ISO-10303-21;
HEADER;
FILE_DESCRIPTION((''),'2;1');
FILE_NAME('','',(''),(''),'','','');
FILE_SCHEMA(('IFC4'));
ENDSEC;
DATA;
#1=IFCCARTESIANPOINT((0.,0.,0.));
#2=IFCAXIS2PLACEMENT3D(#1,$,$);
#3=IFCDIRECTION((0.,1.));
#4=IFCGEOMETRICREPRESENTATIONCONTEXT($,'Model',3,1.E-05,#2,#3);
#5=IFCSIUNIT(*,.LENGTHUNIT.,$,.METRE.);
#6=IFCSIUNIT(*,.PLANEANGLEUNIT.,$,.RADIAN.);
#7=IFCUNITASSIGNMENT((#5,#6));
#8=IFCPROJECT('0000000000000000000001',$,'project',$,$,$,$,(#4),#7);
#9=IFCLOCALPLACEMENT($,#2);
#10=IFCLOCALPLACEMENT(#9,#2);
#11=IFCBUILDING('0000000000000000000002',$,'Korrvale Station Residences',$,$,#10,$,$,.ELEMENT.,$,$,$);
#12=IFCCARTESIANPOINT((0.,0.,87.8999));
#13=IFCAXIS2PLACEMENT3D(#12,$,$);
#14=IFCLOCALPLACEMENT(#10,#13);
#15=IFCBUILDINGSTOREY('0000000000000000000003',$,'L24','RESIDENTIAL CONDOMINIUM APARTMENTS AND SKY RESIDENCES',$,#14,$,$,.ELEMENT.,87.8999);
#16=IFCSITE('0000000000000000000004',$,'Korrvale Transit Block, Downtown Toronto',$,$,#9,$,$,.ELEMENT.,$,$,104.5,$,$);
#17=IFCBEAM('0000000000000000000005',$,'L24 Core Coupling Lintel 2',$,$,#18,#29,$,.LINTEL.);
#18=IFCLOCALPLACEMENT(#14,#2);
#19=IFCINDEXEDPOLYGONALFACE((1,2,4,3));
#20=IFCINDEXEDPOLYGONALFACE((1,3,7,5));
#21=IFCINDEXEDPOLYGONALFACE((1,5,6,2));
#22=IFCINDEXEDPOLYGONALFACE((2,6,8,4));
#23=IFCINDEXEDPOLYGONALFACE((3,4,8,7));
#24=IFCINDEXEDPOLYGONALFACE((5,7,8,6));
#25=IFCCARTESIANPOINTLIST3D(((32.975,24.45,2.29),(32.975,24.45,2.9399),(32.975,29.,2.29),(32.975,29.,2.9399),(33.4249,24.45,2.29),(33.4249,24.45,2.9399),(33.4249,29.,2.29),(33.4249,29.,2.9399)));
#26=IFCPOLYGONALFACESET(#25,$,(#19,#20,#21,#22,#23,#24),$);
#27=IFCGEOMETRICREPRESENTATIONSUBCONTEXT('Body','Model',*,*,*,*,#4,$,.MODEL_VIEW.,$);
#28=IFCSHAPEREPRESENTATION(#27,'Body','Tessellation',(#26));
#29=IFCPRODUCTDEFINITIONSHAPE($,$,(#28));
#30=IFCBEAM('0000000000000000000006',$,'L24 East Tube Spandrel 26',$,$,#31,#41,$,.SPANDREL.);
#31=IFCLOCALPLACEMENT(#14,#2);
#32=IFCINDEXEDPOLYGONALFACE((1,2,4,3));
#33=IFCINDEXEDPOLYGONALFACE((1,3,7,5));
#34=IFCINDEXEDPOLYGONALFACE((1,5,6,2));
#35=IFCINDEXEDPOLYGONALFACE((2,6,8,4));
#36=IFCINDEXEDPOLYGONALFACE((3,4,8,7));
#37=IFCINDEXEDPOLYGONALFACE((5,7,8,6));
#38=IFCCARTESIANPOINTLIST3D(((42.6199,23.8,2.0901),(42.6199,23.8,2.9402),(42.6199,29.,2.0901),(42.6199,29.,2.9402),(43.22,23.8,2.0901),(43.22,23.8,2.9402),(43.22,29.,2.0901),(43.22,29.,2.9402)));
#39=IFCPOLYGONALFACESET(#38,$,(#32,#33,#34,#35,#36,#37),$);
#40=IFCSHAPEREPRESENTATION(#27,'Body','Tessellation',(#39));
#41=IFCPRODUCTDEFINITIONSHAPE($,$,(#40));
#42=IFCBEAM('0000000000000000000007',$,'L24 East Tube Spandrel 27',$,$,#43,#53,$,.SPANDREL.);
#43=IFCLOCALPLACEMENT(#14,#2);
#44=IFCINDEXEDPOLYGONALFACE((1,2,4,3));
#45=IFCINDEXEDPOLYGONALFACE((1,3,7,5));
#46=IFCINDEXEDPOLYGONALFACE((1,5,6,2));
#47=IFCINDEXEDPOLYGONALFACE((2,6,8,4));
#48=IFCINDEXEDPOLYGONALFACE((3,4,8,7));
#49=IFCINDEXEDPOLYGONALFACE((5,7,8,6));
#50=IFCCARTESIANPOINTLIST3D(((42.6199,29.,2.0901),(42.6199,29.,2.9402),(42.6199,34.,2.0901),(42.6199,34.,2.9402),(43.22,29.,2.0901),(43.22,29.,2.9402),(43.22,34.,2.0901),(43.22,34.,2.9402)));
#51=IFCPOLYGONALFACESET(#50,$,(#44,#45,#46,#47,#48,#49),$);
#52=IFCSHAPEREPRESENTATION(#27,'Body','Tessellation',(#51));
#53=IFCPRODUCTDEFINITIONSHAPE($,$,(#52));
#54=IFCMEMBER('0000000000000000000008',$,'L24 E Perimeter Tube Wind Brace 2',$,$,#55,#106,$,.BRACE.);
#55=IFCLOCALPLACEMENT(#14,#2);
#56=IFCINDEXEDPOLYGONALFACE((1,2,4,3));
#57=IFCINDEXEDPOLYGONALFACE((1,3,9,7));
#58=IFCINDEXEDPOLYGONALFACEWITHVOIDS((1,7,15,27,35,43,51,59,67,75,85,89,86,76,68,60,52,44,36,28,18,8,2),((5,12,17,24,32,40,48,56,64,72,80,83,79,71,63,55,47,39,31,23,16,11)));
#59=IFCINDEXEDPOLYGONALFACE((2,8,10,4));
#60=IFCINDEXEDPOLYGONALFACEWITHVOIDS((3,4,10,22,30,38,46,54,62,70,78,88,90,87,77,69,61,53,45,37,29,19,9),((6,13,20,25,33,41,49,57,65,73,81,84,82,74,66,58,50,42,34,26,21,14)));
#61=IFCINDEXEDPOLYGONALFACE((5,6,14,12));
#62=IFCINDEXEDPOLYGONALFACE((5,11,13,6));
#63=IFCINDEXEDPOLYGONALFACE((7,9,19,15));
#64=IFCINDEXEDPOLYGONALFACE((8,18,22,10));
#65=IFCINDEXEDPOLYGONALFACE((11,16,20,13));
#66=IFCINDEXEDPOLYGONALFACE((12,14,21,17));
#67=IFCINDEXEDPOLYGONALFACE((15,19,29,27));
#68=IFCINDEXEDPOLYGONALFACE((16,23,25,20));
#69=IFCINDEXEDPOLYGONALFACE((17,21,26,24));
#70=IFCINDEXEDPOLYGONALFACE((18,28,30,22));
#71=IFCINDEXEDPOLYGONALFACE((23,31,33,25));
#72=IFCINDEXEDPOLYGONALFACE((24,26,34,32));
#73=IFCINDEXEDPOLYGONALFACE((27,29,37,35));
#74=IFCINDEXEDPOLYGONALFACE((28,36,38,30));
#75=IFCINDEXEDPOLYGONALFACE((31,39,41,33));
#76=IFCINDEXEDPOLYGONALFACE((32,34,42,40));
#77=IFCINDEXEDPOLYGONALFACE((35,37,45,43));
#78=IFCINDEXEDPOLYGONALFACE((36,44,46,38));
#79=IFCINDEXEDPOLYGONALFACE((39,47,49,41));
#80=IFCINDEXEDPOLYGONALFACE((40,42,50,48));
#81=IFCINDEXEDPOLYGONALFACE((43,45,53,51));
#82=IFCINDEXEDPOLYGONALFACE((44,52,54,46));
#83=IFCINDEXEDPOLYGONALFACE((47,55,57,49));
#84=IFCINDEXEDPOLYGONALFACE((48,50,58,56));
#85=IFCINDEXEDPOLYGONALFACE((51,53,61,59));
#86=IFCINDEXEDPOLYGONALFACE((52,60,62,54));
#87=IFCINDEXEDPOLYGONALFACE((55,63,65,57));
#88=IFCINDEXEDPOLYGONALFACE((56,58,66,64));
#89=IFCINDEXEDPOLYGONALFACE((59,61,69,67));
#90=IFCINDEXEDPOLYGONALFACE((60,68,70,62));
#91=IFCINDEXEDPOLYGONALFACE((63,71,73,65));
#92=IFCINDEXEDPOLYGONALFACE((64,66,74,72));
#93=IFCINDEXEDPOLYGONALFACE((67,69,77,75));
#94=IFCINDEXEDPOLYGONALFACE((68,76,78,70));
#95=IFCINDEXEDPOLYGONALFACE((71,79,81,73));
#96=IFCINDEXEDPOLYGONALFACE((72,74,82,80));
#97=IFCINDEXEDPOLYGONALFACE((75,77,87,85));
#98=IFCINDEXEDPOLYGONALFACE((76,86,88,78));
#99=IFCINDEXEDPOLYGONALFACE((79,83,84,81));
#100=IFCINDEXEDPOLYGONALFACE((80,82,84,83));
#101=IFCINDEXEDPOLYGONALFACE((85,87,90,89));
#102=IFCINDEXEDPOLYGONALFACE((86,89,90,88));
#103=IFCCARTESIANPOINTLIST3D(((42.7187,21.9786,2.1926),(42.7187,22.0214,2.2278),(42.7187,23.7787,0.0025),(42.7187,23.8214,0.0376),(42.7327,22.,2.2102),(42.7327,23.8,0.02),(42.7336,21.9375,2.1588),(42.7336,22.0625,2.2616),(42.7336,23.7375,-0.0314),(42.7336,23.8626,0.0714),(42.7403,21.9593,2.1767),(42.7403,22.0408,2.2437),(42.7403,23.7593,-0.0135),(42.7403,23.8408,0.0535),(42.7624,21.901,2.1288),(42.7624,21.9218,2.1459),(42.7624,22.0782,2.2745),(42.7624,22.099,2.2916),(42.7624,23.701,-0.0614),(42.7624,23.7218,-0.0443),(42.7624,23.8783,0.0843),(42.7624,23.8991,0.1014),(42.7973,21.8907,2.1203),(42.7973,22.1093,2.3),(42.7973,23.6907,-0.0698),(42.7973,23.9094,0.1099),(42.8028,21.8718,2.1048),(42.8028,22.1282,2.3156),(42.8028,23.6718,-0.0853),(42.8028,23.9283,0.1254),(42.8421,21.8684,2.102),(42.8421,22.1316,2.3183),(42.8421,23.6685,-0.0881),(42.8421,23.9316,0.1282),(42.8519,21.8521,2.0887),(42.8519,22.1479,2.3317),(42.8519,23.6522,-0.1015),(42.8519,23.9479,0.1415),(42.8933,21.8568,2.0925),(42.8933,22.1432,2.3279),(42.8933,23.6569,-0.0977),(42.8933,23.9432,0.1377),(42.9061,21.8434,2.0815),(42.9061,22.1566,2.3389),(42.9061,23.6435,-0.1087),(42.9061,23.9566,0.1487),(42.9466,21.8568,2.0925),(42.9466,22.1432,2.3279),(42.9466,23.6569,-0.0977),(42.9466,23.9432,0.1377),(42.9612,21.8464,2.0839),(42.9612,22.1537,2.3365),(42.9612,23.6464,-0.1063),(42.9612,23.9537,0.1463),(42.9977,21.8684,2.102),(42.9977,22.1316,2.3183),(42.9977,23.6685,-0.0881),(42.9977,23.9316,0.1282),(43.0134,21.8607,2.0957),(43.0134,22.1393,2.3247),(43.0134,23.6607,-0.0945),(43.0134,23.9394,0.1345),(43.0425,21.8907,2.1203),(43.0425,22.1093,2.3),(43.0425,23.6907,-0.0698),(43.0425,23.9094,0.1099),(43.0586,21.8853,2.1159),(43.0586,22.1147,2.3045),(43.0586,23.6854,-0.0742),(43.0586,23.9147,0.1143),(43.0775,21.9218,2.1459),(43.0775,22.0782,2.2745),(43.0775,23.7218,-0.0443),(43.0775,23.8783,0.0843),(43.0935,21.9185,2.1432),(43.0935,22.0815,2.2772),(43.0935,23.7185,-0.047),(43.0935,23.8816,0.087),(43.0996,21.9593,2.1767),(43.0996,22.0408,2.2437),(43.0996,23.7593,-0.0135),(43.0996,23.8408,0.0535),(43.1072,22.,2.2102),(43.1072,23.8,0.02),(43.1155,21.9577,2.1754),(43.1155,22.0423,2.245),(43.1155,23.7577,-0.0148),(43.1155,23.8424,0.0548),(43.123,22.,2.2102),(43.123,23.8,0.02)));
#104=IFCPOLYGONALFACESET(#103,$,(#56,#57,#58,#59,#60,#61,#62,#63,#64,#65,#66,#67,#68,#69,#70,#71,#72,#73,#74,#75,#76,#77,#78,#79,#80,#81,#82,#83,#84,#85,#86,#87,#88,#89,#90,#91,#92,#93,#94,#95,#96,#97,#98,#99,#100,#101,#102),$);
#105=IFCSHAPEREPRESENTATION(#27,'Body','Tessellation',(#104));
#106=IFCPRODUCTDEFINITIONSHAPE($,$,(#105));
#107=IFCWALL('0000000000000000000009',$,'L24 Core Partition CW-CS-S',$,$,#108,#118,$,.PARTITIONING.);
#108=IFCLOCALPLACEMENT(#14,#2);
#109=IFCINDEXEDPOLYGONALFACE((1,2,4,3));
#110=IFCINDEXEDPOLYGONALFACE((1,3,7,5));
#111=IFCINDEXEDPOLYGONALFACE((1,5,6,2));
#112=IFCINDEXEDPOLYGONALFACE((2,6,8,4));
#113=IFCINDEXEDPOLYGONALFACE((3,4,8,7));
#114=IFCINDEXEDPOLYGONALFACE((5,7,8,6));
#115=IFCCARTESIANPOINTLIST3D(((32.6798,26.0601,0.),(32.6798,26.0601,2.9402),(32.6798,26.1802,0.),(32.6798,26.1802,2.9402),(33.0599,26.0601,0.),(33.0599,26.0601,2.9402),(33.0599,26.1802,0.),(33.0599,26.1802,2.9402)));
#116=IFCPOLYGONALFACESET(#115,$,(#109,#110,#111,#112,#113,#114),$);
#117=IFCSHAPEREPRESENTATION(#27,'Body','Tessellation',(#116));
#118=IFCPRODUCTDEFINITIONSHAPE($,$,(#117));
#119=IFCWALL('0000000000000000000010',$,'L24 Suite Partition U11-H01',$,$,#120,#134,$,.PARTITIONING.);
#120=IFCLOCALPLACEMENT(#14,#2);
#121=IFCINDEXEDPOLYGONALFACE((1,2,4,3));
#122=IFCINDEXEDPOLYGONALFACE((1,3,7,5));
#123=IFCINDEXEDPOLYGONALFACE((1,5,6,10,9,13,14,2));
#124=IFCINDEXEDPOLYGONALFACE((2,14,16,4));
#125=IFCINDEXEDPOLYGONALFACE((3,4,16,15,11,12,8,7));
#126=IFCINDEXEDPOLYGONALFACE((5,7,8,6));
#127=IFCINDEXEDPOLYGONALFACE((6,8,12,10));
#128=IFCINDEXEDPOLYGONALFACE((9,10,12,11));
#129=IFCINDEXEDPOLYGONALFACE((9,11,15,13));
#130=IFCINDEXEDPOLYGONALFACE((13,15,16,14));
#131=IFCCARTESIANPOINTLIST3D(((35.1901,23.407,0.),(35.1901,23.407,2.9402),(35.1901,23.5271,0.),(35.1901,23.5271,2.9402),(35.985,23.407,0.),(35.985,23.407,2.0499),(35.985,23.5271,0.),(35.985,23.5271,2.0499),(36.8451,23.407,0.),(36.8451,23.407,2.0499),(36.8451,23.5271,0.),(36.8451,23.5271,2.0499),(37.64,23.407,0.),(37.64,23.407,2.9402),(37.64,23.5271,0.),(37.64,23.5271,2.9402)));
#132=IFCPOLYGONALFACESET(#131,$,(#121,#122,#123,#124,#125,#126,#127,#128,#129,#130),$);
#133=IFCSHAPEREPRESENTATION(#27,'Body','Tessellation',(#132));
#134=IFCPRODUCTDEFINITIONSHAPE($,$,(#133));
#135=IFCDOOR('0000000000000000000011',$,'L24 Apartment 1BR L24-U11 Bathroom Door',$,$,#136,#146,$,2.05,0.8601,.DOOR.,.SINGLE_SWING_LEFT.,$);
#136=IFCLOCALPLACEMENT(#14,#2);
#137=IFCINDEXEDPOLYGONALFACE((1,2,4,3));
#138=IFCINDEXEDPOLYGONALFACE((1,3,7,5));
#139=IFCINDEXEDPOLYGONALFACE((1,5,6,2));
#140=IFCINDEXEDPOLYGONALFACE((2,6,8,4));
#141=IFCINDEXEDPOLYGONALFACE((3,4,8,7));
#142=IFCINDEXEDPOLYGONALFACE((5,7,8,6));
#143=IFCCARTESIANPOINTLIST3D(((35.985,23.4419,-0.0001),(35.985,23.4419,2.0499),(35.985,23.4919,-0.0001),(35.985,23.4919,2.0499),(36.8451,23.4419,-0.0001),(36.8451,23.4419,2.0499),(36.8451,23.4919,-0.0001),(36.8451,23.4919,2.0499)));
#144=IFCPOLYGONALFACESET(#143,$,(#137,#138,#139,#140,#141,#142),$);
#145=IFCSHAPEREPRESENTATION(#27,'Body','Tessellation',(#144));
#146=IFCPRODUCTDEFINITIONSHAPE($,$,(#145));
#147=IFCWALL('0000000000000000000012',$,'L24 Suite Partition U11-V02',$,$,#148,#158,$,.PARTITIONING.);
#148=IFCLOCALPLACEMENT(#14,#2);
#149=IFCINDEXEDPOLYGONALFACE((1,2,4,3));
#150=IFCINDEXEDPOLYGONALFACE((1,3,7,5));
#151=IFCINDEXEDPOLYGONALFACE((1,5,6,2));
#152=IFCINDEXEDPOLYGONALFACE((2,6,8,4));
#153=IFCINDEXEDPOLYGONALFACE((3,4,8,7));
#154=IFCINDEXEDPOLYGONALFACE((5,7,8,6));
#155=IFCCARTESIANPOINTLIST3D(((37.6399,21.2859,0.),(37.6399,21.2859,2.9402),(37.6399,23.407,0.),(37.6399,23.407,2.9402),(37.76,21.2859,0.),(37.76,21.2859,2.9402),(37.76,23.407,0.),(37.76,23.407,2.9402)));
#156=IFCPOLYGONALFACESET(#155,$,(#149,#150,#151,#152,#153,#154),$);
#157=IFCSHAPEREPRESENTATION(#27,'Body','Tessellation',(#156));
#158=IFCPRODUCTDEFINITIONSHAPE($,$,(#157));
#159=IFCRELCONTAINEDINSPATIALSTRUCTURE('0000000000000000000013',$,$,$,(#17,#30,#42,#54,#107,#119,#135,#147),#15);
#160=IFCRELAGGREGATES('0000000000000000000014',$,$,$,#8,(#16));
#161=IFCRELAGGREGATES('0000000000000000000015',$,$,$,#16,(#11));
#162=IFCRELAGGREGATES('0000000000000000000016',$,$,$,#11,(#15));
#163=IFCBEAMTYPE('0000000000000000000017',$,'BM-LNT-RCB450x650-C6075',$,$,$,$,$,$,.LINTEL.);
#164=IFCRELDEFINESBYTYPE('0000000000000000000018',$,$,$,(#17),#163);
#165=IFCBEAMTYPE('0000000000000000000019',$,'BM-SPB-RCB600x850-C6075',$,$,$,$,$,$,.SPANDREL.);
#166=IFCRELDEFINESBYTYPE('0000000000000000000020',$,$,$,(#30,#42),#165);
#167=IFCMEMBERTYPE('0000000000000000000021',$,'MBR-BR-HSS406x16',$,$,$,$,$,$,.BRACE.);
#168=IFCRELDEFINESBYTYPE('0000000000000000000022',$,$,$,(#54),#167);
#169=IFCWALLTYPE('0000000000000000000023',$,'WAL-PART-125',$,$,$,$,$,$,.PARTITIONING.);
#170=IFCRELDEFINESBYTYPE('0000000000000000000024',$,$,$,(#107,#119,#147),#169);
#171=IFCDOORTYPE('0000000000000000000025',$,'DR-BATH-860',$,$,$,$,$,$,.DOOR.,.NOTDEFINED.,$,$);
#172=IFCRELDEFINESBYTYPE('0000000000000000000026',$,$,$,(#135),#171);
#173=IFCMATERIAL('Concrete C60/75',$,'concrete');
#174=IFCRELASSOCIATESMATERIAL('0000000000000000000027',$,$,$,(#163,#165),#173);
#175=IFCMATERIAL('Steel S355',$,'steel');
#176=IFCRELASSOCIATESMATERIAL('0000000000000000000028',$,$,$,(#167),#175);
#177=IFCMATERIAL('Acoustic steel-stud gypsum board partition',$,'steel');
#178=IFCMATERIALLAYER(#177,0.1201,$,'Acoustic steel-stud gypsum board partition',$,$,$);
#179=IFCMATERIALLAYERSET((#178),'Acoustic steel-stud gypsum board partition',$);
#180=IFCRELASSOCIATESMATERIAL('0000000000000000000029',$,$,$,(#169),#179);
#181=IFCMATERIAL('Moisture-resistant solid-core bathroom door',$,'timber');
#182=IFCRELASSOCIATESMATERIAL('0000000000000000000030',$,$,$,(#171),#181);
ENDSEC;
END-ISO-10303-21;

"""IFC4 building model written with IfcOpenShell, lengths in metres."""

from ifc_helpers import new_model, si_unit, direction, frame, frame_2d, origin, origin_2d, place, context, subcontext, project, spatial, rectangle, hollow_circle, extrude, material, layer, layer_set, material_profile, profile_set, type_object, element, fill, save


model = new_model("IFC4")

# Units and contexts
model_context = context("Model", 3, precision=1e-05, world=origin(), true_north=direction((0.0, 1.0)))
body_context = subcontext(model_context, "Body", "Model", "MODEL_VIEW")
ifc_project = project(units=[si_unit("LENGTHUNIT", "METRE"), si_unit("PLANEANGLEUNIT", "RADIAN")], contexts=[model_context])

# Site, building, storey
site_placement = place(None, origin())
site = spatial("IfcSite", under=ifc_project, at=site_placement, Name="Korrvale Transit Block, Downtown Toronto", CompositionType="ELEMENT", RefElevation=104.5)
building_placement = place(site_placement, origin())
building = spatial("IfcBuilding", under=site, at=building_placement, Name="Korrvale Station Residences", CompositionType="ELEMENT")
storey_placement = place(building_placement, frame((0.0, 0.0, 87.8999)))
storey = spatial("IfcBuildingStorey", under=building, at=storey_placement, Name="L24", Description="RESIDENTIAL CONDOMINIUM APARTMENTS AND SKY RESIDENCES", CompositionType="ELEMENT", Elevation=87.8999)

# Shared definitions
ifc_material_1 = material(Name="Concrete C60/75", Category="concrete")

# Beams
ifc_material_2 = material(Name="Steel S355", Category="steel")
ifc_material_profile_1 = material_profile(ifc_material_1, rectangle(XDim=0.45, YDim=0.6499, at=origin_2d()), Name="RCB450x650")
ifc_profile_set_1 = profile_set([ifc_material_profile_1], Name="Concrete C60/75")
beam_type_1 = type_object("IfcBeamType", Name="BM-LNT-RCB450x650-C6075", PredefinedType="LINTEL", material=ifc_profile_set_1)
beam_1_placement = place(storey_placement, frame((33.2, 24.45, 2.615), z_axis=(0.0, 1.0, 0.0), x_axis=(-1.0, 0.0, 0.0)))
element("IfcBeam", 1, at=beam_1_placement, inside=storey, type_object=beam_type_1, Name="L24 Core Coupling Lintel 2", PredefinedType="LINTEL", context=body_context, shape_type="SweptSolid", body=[
    extrude(rectangle(XDim=0.45, YDim=0.6499, at=origin_2d()), origin(), (0.0, 0.0, 1.0), 4.55),
])
ifc_material_profile_2 = material_profile(ifc_material_1, rectangle(XDim=0.6001, YDim=0.8501, at=origin_2d()), Name="RCB600x850")
ifc_profile_set_2 = profile_set([ifc_material_profile_2], Name="Concrete C60/75")
beam_type_2 = type_object("IfcBeamType", Name="BM-SPB-RCB600x850-C6075", PredefinedType="SPANDREL", material=ifc_profile_set_2)
beam_2_placement = place(storey_placement, frame((42.9199, 23.8, 2.5151), z_axis=(0.0, 1.0, 0.0), x_axis=(-1.0, 0.0, 0.0)))
element("IfcBeam", 2, at=beam_2_placement, inside=storey, type_object=beam_type_2, Name="L24 East Tube Spandrel 26", PredefinedType="SPANDREL", context=body_context, shape_type="SweptSolid", body=[
    extrude(rectangle(XDim=0.6001, YDim=0.8501, at=origin_2d()), origin(), (0.0, 0.0, 1.0), 5.2),
])
beam_3_placement = place(storey_placement, frame((42.9199, 29.0, 2.5151), z_axis=(0.0, 1.0, 0.0), x_axis=(-1.0, 0.0, 0.0)))
element("IfcBeam", 3, at=beam_3_placement, inside=storey, type_object=beam_type_2, Name="L24 East Tube Spandrel 27", PredefinedType="SPANDREL", context=body_context, shape_type="SweptSolid", body=[
    extrude(rectangle(XDim=0.6001, YDim=0.8501, at=origin_2d()), origin(), (0.0, 0.0, 1.0), 5.0),
])

# Member
ifc_material_profile_3 = material_profile(ifc_material_2, hollow_circle(Radius=0.2031, WallThickness=0.0159, at=origin_2d()), Name="HSS406x16")
ifc_profile_set_3 = profile_set([ifc_material_profile_3], Name="Steel S355")
member_type = type_object("IfcMemberType", Name="MBR-BR-HSS406x16", PredefinedType="BRACE", material=ifc_profile_set_3)
member_placement = place(storey_placement, frame((42.9199, 23.8, 0.02), z_axis=(0.0, -0.634943, 0.772559), x_axis=(1.0, 0.0, 0.0)))
element("IfcMember", 4, at=member_placement, inside=storey, type_object=member_type, Name="L24 E Perimeter Tube Wind Brace 2", PredefinedType="BRACE", context=body_context, shape_type="SweptSolid", body=[
    extrude(hollow_circle(Radius=0.2031, WallThickness=0.0159, at=origin_2d()), origin(), (0.0, 0.0, 1.0), 2.835),
])

# Wall
ifc_material_3 = material(Name="Acoustic steel-stud gypsum board partition", Category="steel")
ifc_layer_1 = layer(ifc_material_3, 0.1201, Name="Acoustic steel-stud gypsum board partition")
ifc_layer_set_1 = layer_set([ifc_layer_1], Name="Acoustic steel-stud gypsum board partition")
wall_type_1 = type_object("IfcWallType", Name="WAL-PART-125", PredefinedType="PARTITIONING", material=ifc_layer_set_1)
wall_1_placement = place(storey_placement, frame((32.6799, 26.1201, 0.0), z_axis=(0.0, 0.0, 1.0), x_axis=(1.0, 0.0, 0.0)))
element("IfcWall", 5, at=wall_1_placement, inside=storey, type_object=wall_type_1, Name="L24 Core Partition CW-CS-S", PredefinedType="PARTITIONING", context=body_context, shape_type="SweptSolid", body=[
    extrude(rectangle(XDim=0.3801, YDim=0.1201, at=frame_2d((0.1899, 0.0))), origin(), (0.0, 0.0, 1.0), 2.9402),
])

# Wall, opening, door
wall_2_placement = place(storey_placement, frame((35.1899, 23.467, 0.0), z_axis=(0.0, 0.0, 1.0), x_axis=(1.0, 0.0, 0.0)))
wall_2 = element("IfcWall", 6, at=wall_2_placement, inside=storey, type_object=wall_type_1, Name="L24 Suite Partition U11-H01", PredefinedType="PARTITIONING", context=body_context, shape_type="SweptSolid", body=[
    extrude(rectangle(XDim=2.45, YDim=0.1201, at=frame_2d((1.2251, 0.0))), origin(), (0.0, 0.0, 1.0), 2.9402),
])
opening_1_placement = place(wall_2_placement, frame((0.7949, 0.0, 0.0)))
opening_1 = element("IfcOpeningElement", 7, at=opening_1_placement, cuts=wall_2, PredefinedType="OPENING", context=body_context, shape_type="SweptSolid", body=[
    extrude(rectangle(XDim=0.8601, YDim=2.05, at=frame_2d((0.4302, 1.0249))), frame((0.0, 0.0701, 0.0), z_axis=(0.0, -1.0, 0.0), x_axis=(1.0, 0.0, 0.0)), (0.0, 0.0, 1.0), 0.1401),
])
ifc_material_4 = material(Name="Moisture-resistant solid-core bathroom door", Category="timber")
door_type_1 = type_object("IfcDoorType", Name="DR-BATH-860", OperationType="NOTDEFINED", PredefinedType="DOOR", material=ifc_material_4)
door_1_placement = place(opening_1_placement, origin())
door_1 = element("IfcDoor", 8, at=door_1_placement, inside=storey, type_object=door_type_1, Name="L24 Apartment 1BR L24-U11 Bathroom Door", OperationType="SINGLE_SWING_LEFT", OverallHeight=2.05, OverallWidth=0.8601, PredefinedType="DOOR", context=body_context, shape_type="SweptSolid", body=[
    extrude(rectangle(XDim=0.8601, YDim=2.05, at=frame_2d((0.4302, 1.0249))), frame((0.0, 0.0249, 0.0), z_axis=(0.0, -1.0, 0.0), x_axis=(1.0, 0.0, 0.0)), (0.0, 0.0, 1.0), 0.05),
])
fill(opening_1, door_1)

# Wall
wall_3_placement = place(storey_placement, frame((37.7, 21.2859, 0.0), z_axis=(0.0, 0.0, 1.0), x_axis=(0.0, 1.0, 0.0)))
element("IfcWall", 9, at=wall_3_placement, inside=storey, type_object=wall_type_1, Name="L24 Suite Partition U11-V02", PredefinedType="PARTITIONING", context=body_context, shape_type="SweptSolid", body=[
    extrude(rectangle(XDim=2.1211, YDim=0.1201, at=frame_2d((1.0605, 0.0))), origin(), (0.0, 0.0, 1.0), 2.9402),
])

save(model, "model.ifc")
